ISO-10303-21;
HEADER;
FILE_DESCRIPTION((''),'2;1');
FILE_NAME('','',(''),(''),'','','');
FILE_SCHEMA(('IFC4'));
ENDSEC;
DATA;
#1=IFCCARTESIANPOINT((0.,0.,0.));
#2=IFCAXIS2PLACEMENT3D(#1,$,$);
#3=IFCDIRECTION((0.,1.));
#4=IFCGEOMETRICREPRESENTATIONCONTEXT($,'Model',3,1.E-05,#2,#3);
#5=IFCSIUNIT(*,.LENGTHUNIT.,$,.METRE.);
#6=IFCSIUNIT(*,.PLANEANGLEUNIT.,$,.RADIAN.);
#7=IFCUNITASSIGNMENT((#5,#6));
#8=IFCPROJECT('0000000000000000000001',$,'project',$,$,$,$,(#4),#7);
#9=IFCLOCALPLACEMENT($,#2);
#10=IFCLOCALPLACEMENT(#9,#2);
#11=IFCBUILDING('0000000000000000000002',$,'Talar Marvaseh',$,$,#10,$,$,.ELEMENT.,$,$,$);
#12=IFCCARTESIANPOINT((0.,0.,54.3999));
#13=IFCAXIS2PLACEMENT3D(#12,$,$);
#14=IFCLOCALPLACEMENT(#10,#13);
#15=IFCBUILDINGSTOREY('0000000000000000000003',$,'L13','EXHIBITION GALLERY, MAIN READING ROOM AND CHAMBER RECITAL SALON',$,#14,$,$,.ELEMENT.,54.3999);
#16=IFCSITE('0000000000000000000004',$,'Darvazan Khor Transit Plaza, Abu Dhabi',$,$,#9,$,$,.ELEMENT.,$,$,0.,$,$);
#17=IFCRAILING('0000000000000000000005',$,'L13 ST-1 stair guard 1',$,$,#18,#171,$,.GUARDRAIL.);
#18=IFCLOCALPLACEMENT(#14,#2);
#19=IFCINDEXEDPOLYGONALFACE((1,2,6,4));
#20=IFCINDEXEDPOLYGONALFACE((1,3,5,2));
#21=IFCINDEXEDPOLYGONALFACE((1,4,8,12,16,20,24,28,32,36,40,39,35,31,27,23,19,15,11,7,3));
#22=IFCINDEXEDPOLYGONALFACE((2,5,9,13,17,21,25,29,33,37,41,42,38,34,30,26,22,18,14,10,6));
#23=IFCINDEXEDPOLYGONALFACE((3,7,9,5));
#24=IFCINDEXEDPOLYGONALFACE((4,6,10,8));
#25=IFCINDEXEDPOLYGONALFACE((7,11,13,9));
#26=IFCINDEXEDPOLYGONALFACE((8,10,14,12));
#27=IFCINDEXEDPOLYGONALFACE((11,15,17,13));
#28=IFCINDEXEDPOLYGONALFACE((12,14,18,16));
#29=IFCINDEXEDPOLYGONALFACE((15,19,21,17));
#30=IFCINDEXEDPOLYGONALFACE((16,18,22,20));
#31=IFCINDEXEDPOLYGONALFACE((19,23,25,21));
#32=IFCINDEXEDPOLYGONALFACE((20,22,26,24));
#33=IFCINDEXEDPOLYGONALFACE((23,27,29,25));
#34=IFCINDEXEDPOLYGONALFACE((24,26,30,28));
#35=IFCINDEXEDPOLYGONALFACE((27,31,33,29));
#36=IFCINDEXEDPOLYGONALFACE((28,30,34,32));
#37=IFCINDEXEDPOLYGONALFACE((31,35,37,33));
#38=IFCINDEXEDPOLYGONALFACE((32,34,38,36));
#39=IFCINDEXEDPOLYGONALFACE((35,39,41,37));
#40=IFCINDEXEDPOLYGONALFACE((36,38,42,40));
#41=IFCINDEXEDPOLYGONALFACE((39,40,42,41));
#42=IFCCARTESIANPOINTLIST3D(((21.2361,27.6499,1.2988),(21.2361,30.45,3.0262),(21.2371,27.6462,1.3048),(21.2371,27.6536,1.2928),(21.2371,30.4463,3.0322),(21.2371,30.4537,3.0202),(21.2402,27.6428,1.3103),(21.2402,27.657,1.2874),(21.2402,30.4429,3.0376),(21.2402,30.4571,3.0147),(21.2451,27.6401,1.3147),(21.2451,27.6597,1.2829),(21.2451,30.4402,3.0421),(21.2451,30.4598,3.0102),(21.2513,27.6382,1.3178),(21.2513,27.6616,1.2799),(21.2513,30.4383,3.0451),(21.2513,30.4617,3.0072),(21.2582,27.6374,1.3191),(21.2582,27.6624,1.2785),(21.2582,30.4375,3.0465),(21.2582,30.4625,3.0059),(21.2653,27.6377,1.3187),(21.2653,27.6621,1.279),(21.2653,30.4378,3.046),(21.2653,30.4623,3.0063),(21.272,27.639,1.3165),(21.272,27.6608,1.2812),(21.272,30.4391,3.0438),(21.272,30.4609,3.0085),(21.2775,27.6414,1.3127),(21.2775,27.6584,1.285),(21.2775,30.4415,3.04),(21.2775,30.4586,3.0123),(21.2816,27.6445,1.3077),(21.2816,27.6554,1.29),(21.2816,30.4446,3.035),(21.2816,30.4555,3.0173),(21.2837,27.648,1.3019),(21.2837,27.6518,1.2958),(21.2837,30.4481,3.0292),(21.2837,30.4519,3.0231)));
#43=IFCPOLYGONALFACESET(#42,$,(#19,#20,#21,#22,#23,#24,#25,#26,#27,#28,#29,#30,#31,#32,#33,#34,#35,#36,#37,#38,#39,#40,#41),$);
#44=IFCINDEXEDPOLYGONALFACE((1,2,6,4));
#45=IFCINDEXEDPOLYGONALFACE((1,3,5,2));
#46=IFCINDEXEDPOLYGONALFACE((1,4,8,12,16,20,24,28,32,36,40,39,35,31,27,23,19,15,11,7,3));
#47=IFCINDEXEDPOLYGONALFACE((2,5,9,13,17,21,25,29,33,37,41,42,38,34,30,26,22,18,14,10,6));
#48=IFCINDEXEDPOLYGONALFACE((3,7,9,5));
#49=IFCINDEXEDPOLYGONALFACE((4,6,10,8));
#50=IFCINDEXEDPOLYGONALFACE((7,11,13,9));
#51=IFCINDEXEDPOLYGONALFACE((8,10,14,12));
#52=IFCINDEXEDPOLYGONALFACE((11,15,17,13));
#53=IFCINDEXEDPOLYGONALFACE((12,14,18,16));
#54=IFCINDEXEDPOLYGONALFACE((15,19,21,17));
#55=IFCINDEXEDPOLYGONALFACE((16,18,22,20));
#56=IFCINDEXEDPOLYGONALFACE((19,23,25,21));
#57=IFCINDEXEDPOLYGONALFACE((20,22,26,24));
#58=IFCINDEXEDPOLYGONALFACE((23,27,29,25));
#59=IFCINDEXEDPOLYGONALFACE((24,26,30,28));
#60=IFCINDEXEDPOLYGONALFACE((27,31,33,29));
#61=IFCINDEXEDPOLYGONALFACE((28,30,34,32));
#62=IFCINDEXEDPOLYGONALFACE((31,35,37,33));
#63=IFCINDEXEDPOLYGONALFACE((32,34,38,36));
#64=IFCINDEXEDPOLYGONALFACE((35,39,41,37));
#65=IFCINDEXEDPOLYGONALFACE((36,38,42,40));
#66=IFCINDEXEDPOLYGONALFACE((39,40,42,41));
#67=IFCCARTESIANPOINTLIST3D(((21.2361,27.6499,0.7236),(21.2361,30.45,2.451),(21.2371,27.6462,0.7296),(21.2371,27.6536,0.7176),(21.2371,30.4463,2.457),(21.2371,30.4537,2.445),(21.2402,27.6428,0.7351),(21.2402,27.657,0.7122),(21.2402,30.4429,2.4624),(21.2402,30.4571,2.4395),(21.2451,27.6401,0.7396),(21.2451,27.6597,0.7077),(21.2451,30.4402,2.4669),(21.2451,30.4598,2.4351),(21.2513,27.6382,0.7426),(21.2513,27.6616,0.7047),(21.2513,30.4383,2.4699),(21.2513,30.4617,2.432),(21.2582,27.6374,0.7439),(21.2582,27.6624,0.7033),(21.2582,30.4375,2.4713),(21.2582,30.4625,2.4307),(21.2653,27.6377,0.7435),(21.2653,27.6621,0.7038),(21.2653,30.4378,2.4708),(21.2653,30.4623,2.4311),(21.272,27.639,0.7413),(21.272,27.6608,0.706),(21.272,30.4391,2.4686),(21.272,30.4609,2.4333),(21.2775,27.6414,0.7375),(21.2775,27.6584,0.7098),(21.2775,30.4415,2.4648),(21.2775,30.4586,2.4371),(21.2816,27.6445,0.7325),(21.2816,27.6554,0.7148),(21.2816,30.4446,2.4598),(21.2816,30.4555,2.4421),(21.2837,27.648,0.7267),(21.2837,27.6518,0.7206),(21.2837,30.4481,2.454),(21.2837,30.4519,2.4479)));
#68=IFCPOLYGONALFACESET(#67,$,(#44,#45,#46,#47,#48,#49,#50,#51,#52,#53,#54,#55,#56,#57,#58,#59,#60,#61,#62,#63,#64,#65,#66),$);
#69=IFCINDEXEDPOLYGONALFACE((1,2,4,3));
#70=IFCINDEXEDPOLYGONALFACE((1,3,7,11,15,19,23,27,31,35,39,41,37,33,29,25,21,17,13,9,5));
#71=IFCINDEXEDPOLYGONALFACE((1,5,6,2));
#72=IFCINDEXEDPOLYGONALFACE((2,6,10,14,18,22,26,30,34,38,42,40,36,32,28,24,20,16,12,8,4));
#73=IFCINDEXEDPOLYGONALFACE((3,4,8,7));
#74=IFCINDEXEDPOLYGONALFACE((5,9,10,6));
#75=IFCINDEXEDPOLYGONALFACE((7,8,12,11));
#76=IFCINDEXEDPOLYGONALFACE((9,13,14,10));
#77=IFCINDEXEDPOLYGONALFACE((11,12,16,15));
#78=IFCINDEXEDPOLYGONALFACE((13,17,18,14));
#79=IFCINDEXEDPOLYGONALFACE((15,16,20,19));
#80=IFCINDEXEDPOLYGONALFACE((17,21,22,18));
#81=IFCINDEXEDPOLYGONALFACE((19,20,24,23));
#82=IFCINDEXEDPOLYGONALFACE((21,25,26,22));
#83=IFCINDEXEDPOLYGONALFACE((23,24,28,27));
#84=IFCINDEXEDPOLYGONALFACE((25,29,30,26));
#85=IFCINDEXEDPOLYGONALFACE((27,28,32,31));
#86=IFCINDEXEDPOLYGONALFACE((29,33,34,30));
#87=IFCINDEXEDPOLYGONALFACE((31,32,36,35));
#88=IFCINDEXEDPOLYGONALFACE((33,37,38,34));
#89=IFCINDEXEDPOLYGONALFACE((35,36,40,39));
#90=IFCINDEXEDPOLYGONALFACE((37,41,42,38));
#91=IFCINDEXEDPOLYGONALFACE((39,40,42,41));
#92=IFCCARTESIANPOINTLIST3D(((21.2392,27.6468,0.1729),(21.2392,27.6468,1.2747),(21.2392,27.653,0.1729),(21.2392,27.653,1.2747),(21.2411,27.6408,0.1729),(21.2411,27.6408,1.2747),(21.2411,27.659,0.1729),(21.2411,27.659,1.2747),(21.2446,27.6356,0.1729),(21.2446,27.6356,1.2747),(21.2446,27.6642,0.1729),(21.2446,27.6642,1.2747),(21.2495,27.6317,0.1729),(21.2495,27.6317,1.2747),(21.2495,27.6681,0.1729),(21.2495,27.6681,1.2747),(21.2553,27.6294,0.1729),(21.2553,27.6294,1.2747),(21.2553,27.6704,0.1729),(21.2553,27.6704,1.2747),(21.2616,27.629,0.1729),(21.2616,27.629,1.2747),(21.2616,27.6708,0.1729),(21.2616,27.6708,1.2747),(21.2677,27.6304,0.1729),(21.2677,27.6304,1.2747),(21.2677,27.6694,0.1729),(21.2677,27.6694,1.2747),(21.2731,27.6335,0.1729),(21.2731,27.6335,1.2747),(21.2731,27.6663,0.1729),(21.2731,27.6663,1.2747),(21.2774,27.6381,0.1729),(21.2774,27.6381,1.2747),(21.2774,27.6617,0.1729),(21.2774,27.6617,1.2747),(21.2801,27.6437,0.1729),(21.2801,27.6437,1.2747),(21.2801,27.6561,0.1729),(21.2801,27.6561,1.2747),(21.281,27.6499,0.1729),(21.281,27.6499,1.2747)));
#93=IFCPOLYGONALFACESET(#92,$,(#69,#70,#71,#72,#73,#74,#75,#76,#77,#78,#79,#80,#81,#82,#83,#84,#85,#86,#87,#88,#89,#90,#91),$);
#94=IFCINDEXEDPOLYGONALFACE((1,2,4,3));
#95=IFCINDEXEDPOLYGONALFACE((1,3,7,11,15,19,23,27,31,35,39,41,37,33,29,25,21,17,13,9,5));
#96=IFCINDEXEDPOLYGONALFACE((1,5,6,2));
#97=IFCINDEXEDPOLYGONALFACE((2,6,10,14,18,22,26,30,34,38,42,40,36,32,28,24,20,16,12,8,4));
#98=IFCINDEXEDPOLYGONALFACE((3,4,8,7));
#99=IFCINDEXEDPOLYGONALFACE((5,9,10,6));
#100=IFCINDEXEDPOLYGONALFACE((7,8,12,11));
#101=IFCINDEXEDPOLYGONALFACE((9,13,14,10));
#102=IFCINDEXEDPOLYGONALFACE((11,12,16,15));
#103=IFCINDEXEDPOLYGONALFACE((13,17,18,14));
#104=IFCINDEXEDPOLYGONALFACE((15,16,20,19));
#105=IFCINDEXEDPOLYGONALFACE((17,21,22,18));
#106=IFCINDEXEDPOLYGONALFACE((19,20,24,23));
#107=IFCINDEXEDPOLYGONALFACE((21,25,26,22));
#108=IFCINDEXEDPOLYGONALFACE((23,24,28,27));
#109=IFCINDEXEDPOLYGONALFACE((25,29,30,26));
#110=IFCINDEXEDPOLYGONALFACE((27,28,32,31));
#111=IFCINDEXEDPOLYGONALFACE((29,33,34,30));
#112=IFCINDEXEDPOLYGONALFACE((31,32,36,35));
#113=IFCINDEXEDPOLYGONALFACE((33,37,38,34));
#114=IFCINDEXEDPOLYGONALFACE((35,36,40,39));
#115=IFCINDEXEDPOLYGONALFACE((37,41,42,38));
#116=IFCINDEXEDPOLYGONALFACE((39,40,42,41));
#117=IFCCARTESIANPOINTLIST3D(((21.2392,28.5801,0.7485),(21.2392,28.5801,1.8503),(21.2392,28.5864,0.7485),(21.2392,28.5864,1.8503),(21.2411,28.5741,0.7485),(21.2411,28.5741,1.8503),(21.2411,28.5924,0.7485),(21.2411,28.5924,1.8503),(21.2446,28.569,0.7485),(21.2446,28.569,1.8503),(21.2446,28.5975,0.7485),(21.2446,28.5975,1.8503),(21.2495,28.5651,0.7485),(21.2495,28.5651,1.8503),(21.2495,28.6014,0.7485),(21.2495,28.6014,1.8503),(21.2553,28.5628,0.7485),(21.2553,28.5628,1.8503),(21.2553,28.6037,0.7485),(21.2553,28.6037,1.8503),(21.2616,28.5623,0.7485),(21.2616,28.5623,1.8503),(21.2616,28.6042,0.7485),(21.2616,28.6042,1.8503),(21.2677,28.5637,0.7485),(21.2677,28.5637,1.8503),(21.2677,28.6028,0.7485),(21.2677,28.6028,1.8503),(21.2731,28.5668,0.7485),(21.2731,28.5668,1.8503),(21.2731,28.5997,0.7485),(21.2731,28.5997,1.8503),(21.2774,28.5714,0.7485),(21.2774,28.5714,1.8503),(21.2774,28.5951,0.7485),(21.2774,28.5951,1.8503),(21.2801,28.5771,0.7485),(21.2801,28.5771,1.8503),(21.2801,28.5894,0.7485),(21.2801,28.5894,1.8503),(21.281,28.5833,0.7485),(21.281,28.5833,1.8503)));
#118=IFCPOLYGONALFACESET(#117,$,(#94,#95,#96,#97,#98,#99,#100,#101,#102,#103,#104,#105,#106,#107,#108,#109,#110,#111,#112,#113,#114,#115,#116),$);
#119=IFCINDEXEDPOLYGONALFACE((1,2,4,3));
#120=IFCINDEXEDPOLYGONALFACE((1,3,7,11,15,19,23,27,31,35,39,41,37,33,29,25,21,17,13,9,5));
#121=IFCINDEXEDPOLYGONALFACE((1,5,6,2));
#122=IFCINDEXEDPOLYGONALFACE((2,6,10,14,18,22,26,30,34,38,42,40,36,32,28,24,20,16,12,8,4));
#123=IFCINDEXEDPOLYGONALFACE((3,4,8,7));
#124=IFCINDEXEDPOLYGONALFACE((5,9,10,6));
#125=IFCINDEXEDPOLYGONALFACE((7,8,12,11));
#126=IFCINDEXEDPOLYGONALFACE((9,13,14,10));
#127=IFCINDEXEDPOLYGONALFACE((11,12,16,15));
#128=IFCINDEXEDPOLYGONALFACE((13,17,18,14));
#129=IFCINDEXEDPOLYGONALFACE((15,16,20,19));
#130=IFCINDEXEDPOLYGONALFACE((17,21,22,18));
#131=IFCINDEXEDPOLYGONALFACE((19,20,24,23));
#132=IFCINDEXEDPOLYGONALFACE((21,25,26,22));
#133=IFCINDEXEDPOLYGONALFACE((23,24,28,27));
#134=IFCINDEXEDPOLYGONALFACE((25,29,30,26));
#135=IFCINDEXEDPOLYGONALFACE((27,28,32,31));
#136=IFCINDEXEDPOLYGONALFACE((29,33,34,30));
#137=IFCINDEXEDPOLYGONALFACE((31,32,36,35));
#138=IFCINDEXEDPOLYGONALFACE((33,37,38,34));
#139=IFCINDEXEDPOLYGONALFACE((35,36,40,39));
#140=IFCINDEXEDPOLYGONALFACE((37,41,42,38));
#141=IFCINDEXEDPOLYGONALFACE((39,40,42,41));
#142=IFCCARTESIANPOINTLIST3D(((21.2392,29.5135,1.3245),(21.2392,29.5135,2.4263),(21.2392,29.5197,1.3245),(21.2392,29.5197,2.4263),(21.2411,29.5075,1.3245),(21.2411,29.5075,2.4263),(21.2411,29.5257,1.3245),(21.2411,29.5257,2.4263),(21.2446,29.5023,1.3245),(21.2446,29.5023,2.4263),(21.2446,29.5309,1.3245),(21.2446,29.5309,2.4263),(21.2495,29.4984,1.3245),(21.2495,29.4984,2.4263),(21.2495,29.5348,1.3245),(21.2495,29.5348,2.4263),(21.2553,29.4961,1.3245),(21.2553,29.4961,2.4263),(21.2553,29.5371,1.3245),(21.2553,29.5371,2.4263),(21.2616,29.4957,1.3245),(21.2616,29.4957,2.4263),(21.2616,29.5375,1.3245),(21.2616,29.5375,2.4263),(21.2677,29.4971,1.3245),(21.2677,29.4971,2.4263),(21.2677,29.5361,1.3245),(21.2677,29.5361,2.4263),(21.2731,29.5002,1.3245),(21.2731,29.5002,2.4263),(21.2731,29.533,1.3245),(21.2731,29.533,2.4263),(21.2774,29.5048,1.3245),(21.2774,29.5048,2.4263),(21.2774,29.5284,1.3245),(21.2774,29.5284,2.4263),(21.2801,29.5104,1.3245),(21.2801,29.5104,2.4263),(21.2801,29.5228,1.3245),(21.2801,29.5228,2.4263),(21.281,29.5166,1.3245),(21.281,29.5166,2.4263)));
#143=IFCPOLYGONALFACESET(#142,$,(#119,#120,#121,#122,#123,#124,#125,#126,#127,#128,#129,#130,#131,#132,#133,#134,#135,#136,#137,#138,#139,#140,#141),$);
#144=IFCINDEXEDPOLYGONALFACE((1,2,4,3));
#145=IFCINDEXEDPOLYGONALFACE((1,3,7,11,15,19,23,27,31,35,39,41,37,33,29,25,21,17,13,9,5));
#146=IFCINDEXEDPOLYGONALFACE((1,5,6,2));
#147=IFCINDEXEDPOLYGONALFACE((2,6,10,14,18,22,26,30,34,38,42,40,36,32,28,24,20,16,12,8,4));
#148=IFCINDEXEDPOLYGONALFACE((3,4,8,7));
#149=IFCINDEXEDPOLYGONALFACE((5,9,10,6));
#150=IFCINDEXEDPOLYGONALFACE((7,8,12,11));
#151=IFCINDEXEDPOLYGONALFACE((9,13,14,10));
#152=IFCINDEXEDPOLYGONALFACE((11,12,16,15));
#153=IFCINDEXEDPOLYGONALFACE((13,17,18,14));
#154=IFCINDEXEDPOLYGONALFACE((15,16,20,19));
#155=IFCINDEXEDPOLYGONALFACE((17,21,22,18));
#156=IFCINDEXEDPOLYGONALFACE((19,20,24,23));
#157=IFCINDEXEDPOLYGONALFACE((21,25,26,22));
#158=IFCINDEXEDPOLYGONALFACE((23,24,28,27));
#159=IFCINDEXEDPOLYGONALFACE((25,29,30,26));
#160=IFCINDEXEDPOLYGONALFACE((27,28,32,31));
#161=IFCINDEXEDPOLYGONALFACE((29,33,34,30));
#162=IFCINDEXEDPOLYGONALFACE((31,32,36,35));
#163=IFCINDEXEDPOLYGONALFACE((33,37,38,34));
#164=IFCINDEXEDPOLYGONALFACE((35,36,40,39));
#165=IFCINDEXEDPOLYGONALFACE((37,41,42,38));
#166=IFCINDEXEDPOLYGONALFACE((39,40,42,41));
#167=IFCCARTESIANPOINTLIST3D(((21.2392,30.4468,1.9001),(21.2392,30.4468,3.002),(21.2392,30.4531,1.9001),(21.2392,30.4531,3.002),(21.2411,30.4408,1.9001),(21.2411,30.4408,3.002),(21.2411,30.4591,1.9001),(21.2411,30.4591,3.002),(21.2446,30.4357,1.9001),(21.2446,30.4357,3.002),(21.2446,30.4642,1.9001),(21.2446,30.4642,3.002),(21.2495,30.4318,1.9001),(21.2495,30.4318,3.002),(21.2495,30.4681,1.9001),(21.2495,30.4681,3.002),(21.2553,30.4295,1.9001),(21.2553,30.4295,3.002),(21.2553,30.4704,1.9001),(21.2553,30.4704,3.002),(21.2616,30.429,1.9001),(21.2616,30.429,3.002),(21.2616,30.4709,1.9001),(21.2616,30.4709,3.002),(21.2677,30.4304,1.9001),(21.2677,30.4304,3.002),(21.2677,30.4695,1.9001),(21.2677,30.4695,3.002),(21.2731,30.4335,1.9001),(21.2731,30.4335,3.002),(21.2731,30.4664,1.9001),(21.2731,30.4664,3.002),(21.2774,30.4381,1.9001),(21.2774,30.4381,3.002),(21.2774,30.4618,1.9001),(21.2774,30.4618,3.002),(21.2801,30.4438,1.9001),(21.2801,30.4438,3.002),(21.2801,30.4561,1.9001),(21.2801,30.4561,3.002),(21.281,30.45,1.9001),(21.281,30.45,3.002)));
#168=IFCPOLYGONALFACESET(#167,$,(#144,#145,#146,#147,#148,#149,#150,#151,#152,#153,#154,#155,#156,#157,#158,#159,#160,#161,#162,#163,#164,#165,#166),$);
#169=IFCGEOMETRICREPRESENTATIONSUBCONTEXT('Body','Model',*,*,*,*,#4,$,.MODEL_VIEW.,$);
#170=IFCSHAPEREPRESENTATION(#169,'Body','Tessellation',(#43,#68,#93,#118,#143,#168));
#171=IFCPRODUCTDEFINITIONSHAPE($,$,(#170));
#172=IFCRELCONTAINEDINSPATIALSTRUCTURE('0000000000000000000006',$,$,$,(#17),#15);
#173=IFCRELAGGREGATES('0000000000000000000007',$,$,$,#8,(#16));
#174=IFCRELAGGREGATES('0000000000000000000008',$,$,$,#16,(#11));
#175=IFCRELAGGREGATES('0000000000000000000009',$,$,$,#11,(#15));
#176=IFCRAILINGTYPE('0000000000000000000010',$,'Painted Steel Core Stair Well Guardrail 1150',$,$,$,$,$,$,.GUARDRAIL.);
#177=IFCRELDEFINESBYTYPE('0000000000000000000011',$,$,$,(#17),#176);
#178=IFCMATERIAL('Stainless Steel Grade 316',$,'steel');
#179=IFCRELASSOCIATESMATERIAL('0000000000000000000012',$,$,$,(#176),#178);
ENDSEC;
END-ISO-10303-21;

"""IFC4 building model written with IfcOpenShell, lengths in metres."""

from ifc_helpers import new_model, si_unit, direction, frame, origin, origin_2d, place, context, subcontext, project, spatial, circle, extrude, material, type_object, element, save


model = new_model("IFC4")

# Units and contexts
model_context = context("Model", 3, precision=1e-05, world=origin(), true_north=direction((0.0, 1.0)))
body_context = subcontext(model_context, "Body", "Model", "MODEL_VIEW")
ifc_project = project(units=[si_unit("LENGTHUNIT", "METRE"), si_unit("PLANEANGLEUNIT", "RADIAN")], contexts=[model_context])

# Site, building, storey
site_placement = place(None, origin())
site = spatial("IfcSite", under=ifc_project, at=site_placement, Name="Darvazan Khor Transit Plaza, Abu Dhabi", CompositionType="ELEMENT", RefElevation=0.0)
building_placement = place(site_placement, origin())
building = spatial("IfcBuilding", under=site, at=building_placement, Name="Talar Marvaseh", CompositionType="ELEMENT")
storey_placement = place(building_placement, frame((0.0, 0.0, 54.3999)))
storey = spatial("IfcBuildingStorey", under=building, at=storey_placement, Name="L13", Description="EXHIBITION GALLERY, MAIN READING ROOM AND CHAMBER RECITAL SALON", CompositionType="ELEMENT", Elevation=54.3999)

# Railing
ifc_material_1 = material(Name="Stainless Steel Grade 316", Category="steel")
railing_type_1 = type_object("IfcRailingType", Name="Painted Steel Core Stair Well Guardrail 1150", PredefinedType="GUARDRAIL", material=ifc_material_1)
railing_1_placement = place(storey_placement, frame((21.26, 27.6499, 0.1729)))
element("IfcRailing", 1, at=railing_1_placement, inside=storey, type_object=railing_type_1, Name="L13 ST-1 stair guard 1", PredefinedType="GUARDRAIL", context=body_context, shape_type="SweptSolid", body=[
    extrude(circle(Radius=0.0239, at=origin_2d()), frame((0.0, 0.0, 1.126), z_axis=(0.0, 0.85109, 0.52502), x_axis=(-1.0, 0.0, 0.0)), (0.0, 0.0, 1.0), 3.29),
    extrude(circle(Radius=0.0239, at=origin_2d()), frame((0.0, 0.0, 0.5508), z_axis=(0.0, 0.85109, 0.52502), x_axis=(-1.0, 0.0, 0.0)), (0.0, 0.0, 1.0), 3.29),
    extrude(circle(Radius=0.021, at=origin_2d()), origin(), (0.0, 0.0, 1.0), 1.1018),
    extrude(circle(Radius=0.021, at=origin_2d()), frame((0.0, 0.9333, 0.5757)), (0.0, 0.0, 1.0), 1.1018),
    extrude(circle(Radius=0.021, at=origin_2d()), frame((0.0, 1.8667, 1.1516)), (0.0, 0.0, 1.0), 1.1018),
    extrude(circle(Radius=0.021, at=origin_2d()), frame((0.0, 2.8, 1.7273)), (0.0, 0.0, 1.0), 1.1018),
])

save(model, "model.ifc")
